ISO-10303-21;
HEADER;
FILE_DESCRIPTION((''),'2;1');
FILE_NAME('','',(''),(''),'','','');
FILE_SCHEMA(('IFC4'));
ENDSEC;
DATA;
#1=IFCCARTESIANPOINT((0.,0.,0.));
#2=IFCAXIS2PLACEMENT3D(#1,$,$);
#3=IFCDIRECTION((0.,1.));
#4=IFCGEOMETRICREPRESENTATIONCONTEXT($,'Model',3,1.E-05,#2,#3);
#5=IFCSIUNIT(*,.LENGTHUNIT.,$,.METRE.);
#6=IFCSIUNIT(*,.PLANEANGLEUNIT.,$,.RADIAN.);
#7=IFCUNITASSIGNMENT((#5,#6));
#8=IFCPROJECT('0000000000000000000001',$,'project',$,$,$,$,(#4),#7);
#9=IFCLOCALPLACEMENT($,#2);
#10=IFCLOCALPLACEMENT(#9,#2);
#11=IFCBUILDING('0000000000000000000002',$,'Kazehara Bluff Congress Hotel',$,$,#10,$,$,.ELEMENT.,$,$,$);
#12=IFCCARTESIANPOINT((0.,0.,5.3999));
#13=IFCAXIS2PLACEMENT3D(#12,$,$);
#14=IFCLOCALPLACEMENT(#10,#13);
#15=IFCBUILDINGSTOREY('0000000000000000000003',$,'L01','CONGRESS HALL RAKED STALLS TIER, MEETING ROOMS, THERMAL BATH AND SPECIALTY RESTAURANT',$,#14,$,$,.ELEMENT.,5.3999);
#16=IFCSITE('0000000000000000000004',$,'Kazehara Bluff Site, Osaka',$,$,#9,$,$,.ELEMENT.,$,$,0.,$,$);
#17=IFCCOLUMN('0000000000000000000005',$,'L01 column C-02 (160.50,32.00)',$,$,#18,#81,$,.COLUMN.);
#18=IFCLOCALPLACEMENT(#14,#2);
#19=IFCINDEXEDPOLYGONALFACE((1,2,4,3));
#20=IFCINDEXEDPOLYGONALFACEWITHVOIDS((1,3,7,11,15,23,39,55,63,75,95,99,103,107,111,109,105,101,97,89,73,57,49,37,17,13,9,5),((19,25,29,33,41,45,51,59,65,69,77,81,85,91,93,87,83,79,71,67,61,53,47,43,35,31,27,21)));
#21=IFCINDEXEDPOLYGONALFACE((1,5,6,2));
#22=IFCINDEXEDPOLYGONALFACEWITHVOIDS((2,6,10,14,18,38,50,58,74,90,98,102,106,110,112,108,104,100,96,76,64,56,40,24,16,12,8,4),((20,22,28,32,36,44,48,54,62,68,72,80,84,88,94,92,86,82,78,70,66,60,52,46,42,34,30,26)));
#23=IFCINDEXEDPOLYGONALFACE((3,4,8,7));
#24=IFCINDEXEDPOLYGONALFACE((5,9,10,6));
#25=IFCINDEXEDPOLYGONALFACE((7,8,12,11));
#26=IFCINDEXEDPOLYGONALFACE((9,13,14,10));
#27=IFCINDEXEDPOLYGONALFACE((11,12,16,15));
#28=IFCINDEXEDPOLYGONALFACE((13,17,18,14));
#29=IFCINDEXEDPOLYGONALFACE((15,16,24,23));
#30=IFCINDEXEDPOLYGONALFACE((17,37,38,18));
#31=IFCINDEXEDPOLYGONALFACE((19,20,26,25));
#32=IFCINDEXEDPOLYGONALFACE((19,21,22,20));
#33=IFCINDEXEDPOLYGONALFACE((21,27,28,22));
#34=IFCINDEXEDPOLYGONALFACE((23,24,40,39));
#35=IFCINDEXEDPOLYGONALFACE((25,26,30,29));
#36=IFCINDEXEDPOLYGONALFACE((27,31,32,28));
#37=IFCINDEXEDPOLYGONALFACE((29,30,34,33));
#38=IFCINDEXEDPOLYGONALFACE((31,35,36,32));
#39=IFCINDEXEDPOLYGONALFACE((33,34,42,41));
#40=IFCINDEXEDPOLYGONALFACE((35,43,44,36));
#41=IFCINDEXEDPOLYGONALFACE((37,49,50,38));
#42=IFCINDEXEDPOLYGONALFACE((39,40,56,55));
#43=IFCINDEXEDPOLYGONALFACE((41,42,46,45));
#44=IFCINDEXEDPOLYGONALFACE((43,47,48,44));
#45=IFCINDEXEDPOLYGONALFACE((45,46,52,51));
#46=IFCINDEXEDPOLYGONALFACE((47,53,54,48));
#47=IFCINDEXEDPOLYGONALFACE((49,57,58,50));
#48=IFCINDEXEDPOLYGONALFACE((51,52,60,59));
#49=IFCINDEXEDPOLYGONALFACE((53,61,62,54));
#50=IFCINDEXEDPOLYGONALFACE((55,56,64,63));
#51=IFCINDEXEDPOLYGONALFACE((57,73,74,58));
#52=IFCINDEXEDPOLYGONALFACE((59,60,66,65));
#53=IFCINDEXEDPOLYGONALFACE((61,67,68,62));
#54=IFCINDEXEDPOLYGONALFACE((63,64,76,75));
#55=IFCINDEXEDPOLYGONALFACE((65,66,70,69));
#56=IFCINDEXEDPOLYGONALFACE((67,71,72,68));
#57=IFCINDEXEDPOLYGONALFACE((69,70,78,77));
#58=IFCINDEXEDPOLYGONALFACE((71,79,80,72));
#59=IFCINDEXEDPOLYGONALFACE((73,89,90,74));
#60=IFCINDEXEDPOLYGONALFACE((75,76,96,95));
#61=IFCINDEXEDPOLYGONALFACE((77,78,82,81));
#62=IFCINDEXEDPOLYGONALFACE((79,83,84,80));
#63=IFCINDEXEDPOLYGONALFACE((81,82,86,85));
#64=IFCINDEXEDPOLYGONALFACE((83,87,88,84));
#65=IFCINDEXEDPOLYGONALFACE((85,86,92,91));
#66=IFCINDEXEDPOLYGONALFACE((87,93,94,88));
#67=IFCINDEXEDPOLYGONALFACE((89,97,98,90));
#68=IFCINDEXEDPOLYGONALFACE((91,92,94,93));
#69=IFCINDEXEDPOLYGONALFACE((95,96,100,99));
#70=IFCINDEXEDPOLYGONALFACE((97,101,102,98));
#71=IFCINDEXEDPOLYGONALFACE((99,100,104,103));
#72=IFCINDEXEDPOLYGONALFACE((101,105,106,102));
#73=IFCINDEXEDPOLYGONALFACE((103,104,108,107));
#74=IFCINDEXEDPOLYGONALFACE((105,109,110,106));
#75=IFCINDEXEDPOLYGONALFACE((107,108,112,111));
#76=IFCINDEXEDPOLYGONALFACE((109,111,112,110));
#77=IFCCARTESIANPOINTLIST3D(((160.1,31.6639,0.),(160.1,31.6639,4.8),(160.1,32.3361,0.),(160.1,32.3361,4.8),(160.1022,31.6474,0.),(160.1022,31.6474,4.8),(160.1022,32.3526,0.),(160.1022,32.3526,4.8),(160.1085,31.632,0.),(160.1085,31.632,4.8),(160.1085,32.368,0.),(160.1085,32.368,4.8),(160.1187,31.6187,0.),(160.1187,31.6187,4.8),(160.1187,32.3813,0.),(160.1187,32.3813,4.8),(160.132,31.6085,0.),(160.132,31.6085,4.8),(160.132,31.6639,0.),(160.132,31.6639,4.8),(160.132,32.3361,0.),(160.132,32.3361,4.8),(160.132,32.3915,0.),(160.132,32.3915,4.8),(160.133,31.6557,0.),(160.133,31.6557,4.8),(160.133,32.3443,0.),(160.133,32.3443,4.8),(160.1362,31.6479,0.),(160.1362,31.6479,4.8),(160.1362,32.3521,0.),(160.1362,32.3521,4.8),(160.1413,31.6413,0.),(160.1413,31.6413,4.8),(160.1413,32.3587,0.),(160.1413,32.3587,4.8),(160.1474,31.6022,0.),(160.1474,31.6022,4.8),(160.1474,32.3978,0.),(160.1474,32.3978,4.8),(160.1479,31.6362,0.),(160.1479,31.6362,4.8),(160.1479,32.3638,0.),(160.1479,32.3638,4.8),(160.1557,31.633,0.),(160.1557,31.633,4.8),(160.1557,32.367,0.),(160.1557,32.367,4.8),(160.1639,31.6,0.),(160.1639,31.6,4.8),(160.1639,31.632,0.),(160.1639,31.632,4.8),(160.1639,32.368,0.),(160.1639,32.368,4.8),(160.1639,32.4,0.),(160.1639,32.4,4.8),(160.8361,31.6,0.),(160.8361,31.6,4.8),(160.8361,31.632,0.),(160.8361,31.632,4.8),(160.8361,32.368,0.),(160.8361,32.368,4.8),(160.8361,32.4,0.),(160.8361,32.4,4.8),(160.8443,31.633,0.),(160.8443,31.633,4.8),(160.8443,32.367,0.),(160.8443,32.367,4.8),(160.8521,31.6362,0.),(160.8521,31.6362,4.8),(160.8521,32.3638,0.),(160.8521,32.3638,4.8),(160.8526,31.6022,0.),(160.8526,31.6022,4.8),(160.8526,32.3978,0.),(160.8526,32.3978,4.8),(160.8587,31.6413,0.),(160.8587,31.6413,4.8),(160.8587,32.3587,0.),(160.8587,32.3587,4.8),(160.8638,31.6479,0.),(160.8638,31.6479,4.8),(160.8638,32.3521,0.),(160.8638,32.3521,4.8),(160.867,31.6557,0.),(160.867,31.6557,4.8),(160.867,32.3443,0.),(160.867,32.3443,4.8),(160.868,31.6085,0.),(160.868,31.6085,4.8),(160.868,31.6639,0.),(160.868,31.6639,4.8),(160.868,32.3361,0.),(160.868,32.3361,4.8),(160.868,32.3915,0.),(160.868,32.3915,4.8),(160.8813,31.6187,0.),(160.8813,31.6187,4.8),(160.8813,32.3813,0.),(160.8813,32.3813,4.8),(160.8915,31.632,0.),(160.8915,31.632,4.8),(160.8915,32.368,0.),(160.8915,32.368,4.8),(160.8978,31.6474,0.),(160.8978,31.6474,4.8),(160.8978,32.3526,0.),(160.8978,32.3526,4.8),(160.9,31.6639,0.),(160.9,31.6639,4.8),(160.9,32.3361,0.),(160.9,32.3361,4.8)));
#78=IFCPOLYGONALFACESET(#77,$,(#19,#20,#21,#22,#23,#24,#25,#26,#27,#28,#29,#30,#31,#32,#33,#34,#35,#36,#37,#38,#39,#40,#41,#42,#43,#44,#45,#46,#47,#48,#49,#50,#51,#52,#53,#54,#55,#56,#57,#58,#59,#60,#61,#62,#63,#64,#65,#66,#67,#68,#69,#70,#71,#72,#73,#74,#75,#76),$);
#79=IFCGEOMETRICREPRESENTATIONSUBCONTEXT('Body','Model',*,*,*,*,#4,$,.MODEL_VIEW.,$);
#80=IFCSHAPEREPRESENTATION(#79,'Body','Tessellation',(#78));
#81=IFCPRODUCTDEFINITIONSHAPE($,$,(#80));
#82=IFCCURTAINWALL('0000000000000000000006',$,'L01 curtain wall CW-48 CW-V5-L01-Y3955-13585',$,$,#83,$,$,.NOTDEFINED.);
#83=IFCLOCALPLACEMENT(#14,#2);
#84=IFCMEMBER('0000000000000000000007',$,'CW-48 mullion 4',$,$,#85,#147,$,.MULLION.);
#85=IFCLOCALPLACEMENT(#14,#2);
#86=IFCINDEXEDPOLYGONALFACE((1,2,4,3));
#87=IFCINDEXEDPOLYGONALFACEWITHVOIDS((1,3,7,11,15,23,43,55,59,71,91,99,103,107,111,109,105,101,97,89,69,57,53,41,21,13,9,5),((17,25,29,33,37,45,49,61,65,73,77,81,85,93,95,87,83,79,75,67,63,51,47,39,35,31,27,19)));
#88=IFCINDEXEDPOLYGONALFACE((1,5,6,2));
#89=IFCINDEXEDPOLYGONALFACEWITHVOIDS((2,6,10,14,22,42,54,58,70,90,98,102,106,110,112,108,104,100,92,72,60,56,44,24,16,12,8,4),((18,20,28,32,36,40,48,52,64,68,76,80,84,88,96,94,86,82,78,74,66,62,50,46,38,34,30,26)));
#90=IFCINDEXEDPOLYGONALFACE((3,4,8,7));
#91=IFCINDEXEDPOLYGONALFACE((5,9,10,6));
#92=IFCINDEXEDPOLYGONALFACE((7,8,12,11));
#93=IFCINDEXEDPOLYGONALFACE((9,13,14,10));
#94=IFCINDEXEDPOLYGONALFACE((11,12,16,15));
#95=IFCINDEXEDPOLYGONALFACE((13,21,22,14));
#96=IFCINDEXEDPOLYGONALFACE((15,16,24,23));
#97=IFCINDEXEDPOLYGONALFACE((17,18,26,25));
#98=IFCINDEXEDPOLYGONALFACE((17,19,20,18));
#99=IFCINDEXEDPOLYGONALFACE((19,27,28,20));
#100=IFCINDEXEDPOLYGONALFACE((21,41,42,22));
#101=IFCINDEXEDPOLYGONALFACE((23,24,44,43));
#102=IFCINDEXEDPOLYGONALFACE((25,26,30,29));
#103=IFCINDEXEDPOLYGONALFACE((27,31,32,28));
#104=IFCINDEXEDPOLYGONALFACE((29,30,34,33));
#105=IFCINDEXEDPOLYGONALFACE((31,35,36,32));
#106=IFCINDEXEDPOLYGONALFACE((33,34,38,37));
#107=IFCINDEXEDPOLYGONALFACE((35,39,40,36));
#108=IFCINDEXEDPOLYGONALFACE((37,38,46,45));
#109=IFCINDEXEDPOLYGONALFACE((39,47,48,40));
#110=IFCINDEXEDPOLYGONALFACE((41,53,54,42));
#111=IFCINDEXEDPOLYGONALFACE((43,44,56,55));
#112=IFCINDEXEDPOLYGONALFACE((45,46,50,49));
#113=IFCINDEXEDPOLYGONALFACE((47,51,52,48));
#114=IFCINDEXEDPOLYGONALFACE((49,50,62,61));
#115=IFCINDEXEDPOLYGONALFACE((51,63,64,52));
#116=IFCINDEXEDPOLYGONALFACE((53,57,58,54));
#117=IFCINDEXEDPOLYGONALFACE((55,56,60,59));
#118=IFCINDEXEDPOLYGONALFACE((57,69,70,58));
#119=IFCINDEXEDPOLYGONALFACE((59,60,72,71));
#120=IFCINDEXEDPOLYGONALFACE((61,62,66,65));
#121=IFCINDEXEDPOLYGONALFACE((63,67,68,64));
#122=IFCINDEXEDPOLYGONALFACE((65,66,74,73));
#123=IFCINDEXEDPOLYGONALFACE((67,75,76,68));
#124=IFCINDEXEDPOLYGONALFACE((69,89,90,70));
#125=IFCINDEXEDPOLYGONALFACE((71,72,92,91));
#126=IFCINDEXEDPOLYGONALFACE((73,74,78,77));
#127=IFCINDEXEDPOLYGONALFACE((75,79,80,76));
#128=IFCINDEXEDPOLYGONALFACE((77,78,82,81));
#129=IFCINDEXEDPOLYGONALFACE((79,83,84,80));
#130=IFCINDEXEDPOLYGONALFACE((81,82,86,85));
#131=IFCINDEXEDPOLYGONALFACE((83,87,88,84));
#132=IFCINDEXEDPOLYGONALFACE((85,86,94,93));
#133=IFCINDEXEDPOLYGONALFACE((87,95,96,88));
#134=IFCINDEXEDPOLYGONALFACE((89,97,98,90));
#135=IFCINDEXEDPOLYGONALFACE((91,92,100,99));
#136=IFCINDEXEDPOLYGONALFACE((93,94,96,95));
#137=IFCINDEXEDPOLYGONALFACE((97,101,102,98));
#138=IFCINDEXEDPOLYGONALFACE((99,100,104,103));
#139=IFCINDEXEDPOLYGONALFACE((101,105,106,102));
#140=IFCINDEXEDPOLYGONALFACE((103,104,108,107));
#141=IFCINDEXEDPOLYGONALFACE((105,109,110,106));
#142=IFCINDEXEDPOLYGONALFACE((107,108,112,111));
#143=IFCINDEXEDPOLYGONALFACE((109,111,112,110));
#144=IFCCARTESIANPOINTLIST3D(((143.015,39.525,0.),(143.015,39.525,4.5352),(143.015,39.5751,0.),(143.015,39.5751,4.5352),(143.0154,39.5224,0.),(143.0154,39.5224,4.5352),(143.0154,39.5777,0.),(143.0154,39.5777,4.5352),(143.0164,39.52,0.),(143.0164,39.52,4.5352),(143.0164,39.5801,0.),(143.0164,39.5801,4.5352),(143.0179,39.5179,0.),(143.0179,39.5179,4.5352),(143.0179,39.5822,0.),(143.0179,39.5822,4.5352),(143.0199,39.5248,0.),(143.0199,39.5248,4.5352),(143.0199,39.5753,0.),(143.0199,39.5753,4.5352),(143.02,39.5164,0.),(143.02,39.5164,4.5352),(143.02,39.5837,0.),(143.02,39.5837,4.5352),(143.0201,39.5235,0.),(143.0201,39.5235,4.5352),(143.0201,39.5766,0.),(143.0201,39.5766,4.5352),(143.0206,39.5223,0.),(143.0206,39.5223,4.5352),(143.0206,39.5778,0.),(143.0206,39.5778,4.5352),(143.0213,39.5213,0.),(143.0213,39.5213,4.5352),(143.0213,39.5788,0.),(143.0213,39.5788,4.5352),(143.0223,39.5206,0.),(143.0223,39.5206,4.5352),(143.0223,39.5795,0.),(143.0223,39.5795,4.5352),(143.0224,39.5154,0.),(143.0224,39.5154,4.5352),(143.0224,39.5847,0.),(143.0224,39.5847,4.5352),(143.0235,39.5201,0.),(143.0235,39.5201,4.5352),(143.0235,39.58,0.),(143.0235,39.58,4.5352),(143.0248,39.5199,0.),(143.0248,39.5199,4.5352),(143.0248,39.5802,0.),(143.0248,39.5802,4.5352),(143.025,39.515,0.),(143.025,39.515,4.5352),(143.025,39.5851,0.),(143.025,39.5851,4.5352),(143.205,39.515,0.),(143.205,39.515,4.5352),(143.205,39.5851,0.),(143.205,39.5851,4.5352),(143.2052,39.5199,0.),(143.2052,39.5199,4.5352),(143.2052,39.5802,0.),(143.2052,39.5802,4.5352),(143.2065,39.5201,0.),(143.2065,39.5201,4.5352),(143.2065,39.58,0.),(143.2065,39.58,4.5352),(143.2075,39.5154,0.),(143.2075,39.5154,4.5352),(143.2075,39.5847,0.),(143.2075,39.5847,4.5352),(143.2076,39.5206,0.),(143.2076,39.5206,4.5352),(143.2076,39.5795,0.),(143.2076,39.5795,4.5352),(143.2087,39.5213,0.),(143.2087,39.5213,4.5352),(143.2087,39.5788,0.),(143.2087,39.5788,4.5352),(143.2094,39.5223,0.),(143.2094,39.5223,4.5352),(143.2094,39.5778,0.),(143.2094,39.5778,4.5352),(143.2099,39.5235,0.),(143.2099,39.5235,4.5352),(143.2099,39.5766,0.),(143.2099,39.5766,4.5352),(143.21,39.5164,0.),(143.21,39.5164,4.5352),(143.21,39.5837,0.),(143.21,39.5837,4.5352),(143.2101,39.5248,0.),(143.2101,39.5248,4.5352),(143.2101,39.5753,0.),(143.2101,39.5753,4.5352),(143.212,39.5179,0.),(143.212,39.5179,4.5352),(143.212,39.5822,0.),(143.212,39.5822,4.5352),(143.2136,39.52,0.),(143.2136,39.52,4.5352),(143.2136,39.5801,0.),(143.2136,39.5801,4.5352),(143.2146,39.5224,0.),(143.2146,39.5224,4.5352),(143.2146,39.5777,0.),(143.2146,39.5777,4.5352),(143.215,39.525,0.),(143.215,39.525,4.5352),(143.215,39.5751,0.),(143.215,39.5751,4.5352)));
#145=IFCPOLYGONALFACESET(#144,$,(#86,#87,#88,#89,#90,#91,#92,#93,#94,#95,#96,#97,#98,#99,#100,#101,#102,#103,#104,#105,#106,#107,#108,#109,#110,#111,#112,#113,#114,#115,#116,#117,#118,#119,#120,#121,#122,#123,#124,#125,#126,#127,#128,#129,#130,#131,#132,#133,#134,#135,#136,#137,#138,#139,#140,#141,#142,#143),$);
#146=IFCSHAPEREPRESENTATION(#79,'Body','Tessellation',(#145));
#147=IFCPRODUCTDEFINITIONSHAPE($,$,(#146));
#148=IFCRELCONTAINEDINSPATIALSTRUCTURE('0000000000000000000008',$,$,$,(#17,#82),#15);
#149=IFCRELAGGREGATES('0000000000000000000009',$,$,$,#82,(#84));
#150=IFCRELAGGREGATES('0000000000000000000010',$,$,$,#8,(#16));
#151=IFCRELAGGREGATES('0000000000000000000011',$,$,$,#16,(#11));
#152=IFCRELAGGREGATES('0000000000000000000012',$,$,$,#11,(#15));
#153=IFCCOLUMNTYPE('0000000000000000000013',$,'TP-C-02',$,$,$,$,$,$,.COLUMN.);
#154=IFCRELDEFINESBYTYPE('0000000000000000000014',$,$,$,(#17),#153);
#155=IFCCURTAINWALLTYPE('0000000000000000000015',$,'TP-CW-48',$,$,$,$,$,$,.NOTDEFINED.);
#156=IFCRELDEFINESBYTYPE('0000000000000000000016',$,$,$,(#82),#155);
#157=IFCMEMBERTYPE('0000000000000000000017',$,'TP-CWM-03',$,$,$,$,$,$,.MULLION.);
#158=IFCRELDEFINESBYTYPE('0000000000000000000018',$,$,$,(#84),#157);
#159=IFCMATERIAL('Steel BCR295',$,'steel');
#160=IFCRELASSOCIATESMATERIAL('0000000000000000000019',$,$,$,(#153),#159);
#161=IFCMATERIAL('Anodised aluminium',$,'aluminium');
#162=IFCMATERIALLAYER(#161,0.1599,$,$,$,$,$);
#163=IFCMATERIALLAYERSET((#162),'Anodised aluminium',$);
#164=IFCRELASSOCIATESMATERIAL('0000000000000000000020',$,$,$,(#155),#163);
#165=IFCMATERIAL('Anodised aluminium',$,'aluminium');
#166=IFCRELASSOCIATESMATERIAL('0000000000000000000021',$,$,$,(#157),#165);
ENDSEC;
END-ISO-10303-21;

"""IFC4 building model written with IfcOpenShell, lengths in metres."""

from ifc_helpers import new_model, si_unit, direction, frame, origin, origin_2d, place, context, subcontext, project, spatial, hollow_rectangle, extrude, material, layer, layer_set, material_profile, profile_set, type_object, element, aggregate, save


model = new_model("IFC4")

# Units and contexts
model_context = context("Model", 3, precision=1e-05, world=origin(), true_north=direction((0.0, 1.0)))
body_context = subcontext(model_context, "Body", "Model", "MODEL_VIEW")
ifc_project = project(units=[si_unit("LENGTHUNIT", "METRE"), si_unit("PLANEANGLEUNIT", "RADIAN")], contexts=[model_context])

# Site, building, storey
site_placement = place(None, origin())
site = spatial("IfcSite", under=ifc_project, at=site_placement, Name="Kazehara Bluff Site, Osaka", CompositionType="ELEMENT", RefElevation=0.0)
building_placement = place(site_placement, origin())
building = spatial("IfcBuilding", under=site, at=building_placement, Name="Kazehara Bluff Congress Hotel", CompositionType="ELEMENT")
storey_placement = place(building_placement, frame((0.0, 0.0, 5.3999)))
storey = spatial("IfcBuildingStorey", under=building, at=storey_placement, Name="L01", Description="CONGRESS HALL RAKED STALLS TIER, MEETING ROOMS, THERMAL BATH AND SPECIALTY RESTAURANT", CompositionType="ELEMENT", Elevation=5.3999)

# Column
ifc_material_1 = material(Name="Steel BCR295", Category="steel")
ifc_material_profile_1 = material_profile(ifc_material_1, hollow_rectangle(XDim=0.8, YDim=0.8, WallThickness=0.032, InnerFilletRadius=0.032, OuterFilletRadius=0.064, at=origin_2d()))
ifc_profile_set_1 = profile_set([ifc_material_profile_1], Name="Steel BCR295")
column_type = type_object("IfcColumnType", Name="TP-C-02", PredefinedType="COLUMN", material=ifc_profile_set_1)
for number, where, z_axis, x_axis, name in (
    (1, (160.5, 32.0, 0.0), (0.0, 0.0, 1.0), (1.0, 0.0, 0.0), "L01 column C-02 (160.50,32.00)"),
):
    element("IfcColumn", number, at=place(storey_placement, frame(where, z_axis=z_axis, x_axis=x_axis)), inside=storey, type_object=column_type, Name=name, PredefinedType="COLUMN", context=body_context, shape_type="SweptSolid", body=[
        extrude(hollow_rectangle(XDim=0.8, YDim=0.8, WallThickness=0.032, InnerFilletRadius=0.032, OuterFilletRadius=0.064, at=origin_2d()), origin(), (0.0, 0.0, 1.0), 4.8),
    ])

# Curtain wall, member
ifc_material_2 = material(Name="Anodised aluminium", Category="aluminium")
ifc_layer_1 = layer(ifc_material_2, 0.1599)
ifc_layer_set_1 = layer_set([ifc_layer_1], Name="Anodised aluminium")
curtain_wall_type = type_object("IfcCurtainWallType", Name="TP-CW-48", PredefinedType="NOTDEFINED", material=ifc_layer_set_1)
curtain_wall_placement = place(storey_placement, origin())
curtain_wall = element("IfcCurtainWall", 2, at=curtain_wall_placement, inside=storey, type_object=curtain_wall_type, Name="L01 curtain wall CW-48 CW-V5-L01-Y3955-13585", PredefinedType="NOTDEFINED")
ifc_material_3 = material(Name="Anodised aluminium", Category="aluminium")
ifc_material_profile_2 = material_profile(ifc_material_3, hollow_rectangle(XDim=0.0701, YDim=0.2, WallThickness=0.0049, InnerFilletRadius=0.0049, OuterFilletRadius=0.01, at=origin_2d()))
ifc_profile_set_2 = profile_set([ifc_material_profile_2], Name="Anodised aluminium")
member_type_1 = type_object("IfcMemberType", Name="TP-CWM-03", PredefinedType="MULLION", material=ifc_profile_set_2)
member_1_placement = place(storey_placement, frame((143.115, 39.55, 0.0), z_axis=(0.0, 0.0, 1.0), x_axis=(0.0, 1.0, 0.0)))
member_1 = element("IfcMember", 3, at=member_1_placement, type_object=member_type_1, Name="CW-48 mullion 4", PredefinedType="MULLION", context=body_context, shape_type="SweptSolid", body=[
    extrude(hollow_rectangle(XDim=0.0701, YDim=0.2, WallThickness=0.0049, InnerFilletRadius=0.0049, OuterFilletRadius=0.01, at=origin_2d()), origin(), (0.0, 0.0, 1.0), 4.5352),
])

aggregate(curtain_wall, [member_1])

save(model, "model.ifc")
